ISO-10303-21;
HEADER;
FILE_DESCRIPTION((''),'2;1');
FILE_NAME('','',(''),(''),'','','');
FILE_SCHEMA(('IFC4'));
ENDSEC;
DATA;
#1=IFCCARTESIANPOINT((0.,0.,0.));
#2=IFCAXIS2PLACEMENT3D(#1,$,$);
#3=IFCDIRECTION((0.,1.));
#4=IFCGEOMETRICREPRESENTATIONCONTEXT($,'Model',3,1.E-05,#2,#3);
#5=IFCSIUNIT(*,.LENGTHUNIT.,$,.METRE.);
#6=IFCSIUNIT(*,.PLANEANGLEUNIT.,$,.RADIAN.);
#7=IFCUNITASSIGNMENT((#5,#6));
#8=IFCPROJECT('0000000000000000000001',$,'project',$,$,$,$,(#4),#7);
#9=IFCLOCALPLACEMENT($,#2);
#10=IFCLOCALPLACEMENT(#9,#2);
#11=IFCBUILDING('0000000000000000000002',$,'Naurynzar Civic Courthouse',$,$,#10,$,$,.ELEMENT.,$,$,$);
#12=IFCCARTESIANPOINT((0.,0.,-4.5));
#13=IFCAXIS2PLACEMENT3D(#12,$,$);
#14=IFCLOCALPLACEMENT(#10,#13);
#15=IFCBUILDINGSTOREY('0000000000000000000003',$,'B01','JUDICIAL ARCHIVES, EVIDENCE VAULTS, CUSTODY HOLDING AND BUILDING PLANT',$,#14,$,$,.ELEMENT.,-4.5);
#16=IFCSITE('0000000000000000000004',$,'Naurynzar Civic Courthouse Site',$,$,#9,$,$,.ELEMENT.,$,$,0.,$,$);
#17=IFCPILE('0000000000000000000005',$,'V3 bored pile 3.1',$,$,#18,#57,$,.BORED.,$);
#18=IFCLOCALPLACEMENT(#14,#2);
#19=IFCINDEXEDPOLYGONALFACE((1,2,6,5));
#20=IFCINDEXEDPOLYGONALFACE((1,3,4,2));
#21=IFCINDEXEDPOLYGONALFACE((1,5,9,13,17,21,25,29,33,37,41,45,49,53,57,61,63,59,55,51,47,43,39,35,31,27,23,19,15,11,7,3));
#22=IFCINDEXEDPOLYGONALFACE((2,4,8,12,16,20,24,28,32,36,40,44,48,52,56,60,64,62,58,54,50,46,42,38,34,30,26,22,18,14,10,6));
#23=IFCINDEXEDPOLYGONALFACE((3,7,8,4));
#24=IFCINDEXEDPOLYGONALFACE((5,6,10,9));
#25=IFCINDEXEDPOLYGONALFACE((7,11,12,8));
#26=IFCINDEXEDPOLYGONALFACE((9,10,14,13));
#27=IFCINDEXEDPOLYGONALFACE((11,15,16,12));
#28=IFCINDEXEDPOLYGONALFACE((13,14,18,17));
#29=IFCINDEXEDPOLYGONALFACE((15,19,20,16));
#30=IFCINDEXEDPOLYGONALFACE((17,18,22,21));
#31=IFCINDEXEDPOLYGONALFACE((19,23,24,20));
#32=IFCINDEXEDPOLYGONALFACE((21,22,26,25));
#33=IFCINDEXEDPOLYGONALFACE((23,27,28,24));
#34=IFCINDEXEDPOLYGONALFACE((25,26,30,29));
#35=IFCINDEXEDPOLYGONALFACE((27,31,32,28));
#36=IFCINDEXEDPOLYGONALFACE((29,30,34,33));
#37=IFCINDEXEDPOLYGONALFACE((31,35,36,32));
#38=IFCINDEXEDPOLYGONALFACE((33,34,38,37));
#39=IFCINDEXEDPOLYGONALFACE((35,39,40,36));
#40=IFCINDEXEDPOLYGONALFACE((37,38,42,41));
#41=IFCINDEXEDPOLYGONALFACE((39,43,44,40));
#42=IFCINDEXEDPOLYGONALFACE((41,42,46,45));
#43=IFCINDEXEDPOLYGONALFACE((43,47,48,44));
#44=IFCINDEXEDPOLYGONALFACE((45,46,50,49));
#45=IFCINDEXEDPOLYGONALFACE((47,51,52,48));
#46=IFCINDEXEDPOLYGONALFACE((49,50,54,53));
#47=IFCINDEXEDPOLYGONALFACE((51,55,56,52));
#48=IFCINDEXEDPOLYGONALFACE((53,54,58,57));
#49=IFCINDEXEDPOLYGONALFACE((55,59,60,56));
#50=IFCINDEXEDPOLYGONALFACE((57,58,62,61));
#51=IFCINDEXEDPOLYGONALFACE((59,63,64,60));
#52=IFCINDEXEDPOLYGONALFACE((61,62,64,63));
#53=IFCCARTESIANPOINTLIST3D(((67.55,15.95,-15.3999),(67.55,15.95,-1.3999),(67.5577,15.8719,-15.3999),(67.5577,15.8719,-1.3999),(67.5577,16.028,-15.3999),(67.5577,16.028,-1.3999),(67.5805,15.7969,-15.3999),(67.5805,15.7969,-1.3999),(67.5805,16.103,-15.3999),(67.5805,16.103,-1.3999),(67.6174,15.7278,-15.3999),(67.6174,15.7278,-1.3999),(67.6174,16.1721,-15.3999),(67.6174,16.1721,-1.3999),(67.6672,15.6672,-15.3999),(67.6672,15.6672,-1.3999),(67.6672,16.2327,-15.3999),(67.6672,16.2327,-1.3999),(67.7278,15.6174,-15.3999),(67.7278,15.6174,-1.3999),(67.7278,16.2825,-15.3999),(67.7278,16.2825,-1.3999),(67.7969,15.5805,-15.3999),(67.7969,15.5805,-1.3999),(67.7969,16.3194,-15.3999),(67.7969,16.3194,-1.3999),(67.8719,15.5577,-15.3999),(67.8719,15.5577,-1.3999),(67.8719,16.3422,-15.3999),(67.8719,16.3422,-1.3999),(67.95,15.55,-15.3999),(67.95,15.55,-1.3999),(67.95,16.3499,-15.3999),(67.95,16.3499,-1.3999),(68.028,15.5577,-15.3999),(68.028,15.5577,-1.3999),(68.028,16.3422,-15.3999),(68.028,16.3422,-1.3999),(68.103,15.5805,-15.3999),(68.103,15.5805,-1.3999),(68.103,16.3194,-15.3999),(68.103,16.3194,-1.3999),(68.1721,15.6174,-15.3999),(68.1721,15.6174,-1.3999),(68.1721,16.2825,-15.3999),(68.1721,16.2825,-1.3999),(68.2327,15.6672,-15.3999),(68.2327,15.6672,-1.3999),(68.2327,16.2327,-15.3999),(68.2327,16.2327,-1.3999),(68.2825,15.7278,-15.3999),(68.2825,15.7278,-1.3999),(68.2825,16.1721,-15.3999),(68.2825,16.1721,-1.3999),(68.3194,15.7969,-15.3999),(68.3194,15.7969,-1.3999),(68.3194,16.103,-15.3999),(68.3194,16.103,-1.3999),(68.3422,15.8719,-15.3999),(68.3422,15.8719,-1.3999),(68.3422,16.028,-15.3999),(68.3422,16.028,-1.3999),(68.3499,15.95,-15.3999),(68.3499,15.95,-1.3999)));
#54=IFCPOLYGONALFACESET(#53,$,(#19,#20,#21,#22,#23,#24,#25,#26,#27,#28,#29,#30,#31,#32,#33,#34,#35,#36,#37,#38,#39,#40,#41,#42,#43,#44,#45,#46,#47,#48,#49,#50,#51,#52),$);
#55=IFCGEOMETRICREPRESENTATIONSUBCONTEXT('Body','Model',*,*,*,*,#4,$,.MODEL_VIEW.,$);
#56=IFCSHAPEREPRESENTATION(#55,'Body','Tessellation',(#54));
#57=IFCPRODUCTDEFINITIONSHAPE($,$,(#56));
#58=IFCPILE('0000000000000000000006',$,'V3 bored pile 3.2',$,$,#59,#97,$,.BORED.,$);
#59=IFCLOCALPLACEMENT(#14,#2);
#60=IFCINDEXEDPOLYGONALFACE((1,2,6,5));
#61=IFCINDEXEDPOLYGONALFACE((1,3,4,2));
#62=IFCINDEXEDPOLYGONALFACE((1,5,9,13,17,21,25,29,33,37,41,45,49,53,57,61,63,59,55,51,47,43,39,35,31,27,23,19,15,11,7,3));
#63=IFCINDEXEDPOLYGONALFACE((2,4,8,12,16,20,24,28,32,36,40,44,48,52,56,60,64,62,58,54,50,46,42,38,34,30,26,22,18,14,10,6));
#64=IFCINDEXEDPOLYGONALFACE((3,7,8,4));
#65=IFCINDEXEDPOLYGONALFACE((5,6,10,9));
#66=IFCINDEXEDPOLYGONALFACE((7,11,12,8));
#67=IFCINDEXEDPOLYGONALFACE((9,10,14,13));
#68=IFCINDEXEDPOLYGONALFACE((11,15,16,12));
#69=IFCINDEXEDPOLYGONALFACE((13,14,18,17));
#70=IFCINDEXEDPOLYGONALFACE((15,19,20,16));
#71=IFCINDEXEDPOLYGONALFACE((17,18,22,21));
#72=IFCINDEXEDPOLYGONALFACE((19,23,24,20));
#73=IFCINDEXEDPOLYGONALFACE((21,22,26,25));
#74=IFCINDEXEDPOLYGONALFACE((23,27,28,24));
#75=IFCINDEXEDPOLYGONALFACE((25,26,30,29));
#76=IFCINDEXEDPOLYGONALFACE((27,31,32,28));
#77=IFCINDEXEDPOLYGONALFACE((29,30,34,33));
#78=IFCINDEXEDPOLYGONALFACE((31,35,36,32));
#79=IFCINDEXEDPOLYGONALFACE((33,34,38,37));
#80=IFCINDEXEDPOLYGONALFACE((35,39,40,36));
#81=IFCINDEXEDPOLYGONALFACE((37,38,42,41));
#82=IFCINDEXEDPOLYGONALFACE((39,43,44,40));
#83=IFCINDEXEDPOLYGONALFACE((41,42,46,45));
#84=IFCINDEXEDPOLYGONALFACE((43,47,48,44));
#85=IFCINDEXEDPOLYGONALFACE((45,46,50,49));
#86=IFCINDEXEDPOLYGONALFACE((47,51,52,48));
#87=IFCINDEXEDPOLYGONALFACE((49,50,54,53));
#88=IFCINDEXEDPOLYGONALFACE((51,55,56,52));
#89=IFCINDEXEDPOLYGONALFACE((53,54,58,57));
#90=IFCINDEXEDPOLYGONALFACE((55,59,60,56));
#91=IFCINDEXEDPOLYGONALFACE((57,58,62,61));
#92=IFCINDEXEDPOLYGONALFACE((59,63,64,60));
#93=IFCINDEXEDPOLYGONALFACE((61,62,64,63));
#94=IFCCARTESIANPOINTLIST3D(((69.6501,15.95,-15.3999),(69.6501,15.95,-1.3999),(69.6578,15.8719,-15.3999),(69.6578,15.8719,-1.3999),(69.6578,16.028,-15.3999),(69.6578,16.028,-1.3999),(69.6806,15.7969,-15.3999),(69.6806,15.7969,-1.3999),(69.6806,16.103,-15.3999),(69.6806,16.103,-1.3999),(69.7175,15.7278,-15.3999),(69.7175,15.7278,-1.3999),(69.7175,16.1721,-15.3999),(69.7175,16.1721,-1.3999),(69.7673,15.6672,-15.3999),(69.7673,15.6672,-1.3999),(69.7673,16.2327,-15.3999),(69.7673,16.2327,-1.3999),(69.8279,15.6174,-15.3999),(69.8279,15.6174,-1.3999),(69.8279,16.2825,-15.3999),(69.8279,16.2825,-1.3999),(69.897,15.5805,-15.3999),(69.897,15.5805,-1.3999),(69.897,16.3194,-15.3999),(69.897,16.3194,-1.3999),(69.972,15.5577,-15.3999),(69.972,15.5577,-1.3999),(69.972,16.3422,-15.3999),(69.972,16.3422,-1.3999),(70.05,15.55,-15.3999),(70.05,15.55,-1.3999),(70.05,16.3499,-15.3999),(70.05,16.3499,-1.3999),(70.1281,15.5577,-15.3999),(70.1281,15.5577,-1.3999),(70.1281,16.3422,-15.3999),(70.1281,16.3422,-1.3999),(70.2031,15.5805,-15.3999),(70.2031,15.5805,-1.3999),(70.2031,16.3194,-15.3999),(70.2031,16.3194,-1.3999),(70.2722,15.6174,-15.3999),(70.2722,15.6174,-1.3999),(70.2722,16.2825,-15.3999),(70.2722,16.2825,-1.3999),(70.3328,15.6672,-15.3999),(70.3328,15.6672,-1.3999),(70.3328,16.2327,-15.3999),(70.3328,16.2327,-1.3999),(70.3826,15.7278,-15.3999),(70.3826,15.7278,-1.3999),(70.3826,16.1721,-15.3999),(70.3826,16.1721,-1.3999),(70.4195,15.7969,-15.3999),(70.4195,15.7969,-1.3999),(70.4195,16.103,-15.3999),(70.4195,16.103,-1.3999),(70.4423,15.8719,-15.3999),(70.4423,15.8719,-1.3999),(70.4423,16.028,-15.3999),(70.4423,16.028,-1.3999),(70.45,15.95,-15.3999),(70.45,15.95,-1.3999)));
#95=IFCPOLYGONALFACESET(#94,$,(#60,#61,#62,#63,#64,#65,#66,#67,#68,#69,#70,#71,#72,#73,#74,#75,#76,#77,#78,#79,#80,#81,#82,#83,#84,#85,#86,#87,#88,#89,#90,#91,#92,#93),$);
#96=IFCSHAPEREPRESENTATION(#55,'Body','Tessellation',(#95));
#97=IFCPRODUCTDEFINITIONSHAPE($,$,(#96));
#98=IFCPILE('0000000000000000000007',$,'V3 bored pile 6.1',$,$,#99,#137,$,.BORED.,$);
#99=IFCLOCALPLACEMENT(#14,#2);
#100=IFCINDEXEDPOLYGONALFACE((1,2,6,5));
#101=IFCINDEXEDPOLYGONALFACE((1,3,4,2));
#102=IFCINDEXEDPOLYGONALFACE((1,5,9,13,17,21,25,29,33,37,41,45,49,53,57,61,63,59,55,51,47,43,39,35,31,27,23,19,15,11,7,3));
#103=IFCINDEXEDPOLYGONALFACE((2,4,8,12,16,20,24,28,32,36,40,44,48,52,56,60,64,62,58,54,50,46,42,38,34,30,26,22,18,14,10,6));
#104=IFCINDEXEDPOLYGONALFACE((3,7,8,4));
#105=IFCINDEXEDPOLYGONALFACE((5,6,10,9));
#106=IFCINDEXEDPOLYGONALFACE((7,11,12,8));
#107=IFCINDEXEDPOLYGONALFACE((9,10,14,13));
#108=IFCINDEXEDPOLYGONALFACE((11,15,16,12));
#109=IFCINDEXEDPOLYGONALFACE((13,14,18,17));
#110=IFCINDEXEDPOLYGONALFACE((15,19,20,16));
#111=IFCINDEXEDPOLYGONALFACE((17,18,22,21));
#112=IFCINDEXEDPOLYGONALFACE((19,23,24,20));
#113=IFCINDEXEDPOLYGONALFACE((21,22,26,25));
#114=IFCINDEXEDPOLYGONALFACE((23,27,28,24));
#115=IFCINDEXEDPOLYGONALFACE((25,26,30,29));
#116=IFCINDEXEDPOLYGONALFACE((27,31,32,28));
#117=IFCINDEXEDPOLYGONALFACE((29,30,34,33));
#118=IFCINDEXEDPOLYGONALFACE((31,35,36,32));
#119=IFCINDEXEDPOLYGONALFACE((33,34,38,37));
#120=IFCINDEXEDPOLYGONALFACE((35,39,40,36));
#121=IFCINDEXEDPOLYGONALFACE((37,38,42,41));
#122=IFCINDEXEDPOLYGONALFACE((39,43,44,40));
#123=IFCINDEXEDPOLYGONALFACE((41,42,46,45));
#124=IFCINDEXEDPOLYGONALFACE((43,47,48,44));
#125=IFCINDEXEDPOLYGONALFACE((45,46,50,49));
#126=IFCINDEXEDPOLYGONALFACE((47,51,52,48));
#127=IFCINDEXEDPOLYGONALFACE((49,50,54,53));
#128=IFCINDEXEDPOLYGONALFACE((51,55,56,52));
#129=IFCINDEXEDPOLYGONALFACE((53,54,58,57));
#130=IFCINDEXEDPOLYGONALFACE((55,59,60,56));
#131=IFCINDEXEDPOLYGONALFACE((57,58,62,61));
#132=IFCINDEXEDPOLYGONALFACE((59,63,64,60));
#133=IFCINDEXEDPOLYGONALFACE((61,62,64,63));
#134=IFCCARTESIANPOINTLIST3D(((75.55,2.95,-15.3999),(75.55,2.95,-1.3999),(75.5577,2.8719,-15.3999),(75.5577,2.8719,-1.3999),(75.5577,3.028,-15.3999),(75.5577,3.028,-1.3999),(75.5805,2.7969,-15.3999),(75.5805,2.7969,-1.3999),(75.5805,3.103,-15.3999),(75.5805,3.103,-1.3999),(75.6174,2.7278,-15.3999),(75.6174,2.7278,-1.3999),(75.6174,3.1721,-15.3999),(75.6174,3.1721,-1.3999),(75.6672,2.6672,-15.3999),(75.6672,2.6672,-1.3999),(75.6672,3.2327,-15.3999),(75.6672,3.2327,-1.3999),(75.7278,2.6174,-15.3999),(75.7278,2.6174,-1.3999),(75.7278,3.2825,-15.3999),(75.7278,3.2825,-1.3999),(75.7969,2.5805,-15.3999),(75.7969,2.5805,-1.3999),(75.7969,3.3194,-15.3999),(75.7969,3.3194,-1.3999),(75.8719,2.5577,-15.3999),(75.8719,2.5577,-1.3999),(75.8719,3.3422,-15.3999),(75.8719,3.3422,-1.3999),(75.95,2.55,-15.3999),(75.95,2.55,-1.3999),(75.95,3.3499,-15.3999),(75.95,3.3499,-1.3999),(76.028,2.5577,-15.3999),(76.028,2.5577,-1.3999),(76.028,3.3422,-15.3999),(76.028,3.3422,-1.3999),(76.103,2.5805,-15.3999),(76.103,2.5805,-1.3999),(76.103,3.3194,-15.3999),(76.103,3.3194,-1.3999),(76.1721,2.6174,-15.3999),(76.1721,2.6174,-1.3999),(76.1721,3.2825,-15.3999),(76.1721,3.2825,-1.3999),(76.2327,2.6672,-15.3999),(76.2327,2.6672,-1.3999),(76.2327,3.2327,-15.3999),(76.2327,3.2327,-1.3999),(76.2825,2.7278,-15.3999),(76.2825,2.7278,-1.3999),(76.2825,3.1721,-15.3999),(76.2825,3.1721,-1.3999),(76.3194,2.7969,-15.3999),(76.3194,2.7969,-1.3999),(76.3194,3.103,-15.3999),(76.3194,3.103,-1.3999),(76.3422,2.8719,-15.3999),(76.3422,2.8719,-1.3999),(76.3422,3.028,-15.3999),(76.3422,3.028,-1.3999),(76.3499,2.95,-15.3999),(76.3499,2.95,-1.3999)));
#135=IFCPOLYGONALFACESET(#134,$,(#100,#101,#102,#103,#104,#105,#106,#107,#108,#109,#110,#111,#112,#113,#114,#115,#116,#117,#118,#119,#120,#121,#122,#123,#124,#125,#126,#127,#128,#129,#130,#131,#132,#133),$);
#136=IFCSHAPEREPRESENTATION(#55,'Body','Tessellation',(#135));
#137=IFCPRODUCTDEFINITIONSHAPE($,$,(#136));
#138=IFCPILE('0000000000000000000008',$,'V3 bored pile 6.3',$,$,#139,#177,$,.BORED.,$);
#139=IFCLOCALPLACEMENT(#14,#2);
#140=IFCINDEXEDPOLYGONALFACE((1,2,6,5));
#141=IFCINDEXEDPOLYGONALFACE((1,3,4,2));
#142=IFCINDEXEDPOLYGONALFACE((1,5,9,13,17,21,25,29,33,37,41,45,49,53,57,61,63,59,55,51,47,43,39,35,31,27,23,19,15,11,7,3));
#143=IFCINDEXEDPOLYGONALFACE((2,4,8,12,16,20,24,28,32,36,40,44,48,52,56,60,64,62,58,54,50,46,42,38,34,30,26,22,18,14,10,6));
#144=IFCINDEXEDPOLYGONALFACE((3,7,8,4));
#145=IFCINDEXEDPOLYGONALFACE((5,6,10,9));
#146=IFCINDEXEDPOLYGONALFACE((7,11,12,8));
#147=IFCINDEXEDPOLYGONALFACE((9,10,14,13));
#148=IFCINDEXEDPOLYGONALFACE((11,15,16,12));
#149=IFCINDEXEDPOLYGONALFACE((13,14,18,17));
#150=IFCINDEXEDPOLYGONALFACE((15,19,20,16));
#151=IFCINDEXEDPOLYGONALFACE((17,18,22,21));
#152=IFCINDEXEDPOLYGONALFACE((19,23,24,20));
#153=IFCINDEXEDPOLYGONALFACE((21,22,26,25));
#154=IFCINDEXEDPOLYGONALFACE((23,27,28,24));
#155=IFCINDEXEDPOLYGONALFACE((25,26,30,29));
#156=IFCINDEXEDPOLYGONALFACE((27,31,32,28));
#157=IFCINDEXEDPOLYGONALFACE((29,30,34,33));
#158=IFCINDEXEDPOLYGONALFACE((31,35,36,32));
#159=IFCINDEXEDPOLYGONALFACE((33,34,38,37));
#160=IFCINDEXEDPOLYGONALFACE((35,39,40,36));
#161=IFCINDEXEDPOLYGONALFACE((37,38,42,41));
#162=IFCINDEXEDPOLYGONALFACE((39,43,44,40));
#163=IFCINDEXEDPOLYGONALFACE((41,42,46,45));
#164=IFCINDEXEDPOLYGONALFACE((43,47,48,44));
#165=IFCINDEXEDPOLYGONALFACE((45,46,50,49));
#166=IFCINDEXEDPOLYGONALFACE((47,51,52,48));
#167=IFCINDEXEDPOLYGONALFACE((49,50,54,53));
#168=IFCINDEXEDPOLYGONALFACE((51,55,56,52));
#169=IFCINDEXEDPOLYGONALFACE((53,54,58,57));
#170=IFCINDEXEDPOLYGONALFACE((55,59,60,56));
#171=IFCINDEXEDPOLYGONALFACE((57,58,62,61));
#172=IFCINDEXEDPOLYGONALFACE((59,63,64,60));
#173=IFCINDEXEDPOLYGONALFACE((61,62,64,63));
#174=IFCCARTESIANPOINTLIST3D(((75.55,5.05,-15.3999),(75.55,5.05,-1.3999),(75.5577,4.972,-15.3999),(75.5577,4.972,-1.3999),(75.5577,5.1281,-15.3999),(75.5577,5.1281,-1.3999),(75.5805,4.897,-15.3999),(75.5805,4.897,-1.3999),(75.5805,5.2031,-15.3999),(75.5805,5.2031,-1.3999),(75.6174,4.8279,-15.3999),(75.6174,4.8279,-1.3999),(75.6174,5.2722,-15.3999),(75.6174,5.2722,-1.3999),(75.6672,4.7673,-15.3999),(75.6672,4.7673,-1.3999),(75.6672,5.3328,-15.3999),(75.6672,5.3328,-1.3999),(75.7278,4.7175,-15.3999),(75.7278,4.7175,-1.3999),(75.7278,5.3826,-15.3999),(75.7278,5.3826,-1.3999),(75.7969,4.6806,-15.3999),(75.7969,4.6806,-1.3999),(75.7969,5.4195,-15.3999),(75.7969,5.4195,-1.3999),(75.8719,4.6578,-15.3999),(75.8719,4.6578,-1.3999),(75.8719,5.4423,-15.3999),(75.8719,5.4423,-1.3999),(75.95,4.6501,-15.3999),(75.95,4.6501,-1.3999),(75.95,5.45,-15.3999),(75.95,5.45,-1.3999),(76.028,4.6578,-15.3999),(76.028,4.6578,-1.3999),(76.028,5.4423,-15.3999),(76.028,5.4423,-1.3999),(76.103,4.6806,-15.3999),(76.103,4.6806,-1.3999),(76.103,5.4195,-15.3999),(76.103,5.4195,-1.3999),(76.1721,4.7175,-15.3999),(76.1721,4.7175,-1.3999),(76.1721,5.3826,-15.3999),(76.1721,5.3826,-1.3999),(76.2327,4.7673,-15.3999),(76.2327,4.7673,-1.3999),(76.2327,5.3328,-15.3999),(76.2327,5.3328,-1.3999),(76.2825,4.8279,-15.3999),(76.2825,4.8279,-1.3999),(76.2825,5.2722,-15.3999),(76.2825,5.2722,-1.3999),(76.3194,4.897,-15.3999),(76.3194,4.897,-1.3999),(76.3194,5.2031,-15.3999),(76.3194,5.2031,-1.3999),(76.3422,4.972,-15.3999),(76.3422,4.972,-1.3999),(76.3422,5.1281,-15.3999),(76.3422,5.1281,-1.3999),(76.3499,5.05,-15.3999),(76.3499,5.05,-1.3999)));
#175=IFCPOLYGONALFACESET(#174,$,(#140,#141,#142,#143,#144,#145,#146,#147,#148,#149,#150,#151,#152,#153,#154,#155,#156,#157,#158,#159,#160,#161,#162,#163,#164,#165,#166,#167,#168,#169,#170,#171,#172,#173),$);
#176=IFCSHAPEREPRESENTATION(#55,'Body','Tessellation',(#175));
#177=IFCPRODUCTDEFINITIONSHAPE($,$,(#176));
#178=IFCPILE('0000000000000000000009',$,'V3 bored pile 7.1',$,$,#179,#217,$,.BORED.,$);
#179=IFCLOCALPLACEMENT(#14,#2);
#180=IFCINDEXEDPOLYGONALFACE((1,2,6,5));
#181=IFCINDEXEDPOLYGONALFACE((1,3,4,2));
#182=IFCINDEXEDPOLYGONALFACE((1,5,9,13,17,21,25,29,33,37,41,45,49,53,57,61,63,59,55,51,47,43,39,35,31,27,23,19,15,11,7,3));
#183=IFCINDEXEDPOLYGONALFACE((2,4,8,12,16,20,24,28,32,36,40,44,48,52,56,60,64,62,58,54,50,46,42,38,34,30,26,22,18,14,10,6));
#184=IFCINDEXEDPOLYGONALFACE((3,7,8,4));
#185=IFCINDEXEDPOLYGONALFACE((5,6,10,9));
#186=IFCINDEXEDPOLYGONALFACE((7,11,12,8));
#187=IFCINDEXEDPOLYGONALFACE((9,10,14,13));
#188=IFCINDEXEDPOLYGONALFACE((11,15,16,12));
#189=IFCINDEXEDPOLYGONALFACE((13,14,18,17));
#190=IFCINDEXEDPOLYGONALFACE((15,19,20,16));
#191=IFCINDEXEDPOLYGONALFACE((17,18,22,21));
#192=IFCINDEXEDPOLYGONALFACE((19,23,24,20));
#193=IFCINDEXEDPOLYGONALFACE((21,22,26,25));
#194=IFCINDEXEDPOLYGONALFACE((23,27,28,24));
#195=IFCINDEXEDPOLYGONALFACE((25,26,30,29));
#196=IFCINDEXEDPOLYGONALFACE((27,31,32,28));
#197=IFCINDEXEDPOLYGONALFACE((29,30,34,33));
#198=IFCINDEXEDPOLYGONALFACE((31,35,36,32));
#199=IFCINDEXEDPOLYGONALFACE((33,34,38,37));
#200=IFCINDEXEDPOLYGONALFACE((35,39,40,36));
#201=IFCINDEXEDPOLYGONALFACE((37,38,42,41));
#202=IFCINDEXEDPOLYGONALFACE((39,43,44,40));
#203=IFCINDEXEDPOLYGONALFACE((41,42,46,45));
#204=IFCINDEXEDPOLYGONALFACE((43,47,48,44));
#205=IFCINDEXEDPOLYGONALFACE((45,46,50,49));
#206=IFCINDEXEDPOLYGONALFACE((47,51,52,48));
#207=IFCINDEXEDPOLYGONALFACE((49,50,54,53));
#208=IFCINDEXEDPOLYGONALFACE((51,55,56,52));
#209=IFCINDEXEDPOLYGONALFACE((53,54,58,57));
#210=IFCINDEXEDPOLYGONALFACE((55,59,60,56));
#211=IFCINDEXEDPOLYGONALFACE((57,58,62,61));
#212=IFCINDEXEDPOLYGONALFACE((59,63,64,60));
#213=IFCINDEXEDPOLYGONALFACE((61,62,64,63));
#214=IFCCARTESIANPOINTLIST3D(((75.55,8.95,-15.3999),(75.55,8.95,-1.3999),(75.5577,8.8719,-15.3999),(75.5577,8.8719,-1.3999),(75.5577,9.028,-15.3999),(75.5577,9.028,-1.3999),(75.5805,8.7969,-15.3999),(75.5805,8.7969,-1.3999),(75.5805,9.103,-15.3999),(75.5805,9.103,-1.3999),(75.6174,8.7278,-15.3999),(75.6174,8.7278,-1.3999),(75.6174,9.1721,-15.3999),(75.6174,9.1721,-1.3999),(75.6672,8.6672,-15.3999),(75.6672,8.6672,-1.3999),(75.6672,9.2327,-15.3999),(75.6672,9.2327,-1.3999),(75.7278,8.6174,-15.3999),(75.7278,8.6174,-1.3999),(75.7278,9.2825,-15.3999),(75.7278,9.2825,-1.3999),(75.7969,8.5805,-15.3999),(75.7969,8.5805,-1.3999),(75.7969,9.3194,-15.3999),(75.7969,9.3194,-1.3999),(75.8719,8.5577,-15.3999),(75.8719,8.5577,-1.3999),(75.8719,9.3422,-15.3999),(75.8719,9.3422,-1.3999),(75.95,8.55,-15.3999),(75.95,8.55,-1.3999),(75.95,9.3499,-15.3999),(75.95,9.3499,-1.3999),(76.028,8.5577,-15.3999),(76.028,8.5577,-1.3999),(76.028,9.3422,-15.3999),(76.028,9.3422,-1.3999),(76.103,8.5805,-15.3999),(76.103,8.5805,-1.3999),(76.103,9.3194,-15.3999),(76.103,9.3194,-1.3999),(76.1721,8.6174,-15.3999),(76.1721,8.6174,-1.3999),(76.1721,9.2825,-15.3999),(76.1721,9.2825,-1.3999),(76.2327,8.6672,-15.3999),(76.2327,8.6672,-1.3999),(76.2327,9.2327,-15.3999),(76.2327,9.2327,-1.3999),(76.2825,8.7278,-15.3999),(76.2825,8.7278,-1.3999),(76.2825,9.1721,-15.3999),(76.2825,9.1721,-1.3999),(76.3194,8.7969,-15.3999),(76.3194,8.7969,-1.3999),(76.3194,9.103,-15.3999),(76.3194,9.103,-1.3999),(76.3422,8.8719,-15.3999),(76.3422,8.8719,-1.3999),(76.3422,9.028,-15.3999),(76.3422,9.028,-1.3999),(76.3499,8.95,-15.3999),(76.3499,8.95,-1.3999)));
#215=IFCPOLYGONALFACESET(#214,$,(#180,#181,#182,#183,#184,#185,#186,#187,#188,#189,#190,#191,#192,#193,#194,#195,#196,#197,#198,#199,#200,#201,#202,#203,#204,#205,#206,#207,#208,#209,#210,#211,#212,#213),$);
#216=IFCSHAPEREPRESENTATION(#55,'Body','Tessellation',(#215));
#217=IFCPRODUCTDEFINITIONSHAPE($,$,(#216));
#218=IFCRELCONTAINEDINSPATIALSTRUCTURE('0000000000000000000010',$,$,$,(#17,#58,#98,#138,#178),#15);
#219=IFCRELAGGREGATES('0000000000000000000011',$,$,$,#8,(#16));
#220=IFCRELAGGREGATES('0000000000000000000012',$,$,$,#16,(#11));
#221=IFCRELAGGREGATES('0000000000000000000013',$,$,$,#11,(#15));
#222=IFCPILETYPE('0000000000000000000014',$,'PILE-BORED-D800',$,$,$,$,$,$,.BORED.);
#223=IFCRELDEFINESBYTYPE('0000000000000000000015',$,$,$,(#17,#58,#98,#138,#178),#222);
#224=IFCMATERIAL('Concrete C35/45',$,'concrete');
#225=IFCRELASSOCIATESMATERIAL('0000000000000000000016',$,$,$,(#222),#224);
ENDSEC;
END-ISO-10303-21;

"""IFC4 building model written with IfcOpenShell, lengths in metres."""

from ifc_helpers import new_model, si_unit, direction, frame, origin, origin_2d, place, context, subcontext, project, spatial, circle, extrude, material, material_profile, profile_set, type_object, element, save


model = new_model("IFC4")

# Units and contexts
model_context = context("Model", 3, precision=1e-05, world=origin(), true_north=direction((0.0, 1.0)))
body_context = subcontext(model_context, "Body", "Model", "MODEL_VIEW")
ifc_project = project(units=[si_unit("LENGTHUNIT", "METRE"), si_unit("PLANEANGLEUNIT", "RADIAN")], contexts=[model_context])

# Site, building, storey
site_placement = place(None, origin())
site = spatial("IfcSite", under=ifc_project, at=site_placement, Name="Naurynzar Civic Courthouse Site", CompositionType="ELEMENT", RefElevation=0.0)
building_placement = place(site_placement, origin())
building = spatial("IfcBuilding", under=site, at=building_placement, Name="Naurynzar Civic Courthouse", CompositionType="ELEMENT")
storey_placement = place(building_placement, frame((0.0, 0.0, -4.5)))
storey = spatial("IfcBuildingStorey", under=building, at=storey_placement, Name="B01", Description="JUDICIAL ARCHIVES, EVIDENCE VAULTS, CUSTODY HOLDING AND BUILDING PLANT", CompositionType="ELEMENT", Elevation=-4.5)

# Piles
ifc_material_1 = material(Name="Concrete C35/45", Category="concrete")
ifc_material_profile_1 = material_profile(ifc_material_1, circle(Radius=0.3999, at=origin_2d()), Name="PILE D800")
ifc_profile_set_1 = profile_set([ifc_material_profile_1], Name="Concrete C35/45")
pile_type = type_object("IfcPileType", Name="PILE-BORED-D800", PredefinedType="BORED", material=ifc_profile_set_1)
for number, where, z_axis, x_axis, name in (
    (1, (67.95, 15.95, -1.3999), (0.0, 0.0, -1.0), (1.0, 0.0, 0.0), "V3 bored pile 3.1"),
    (2, (70.05, 15.95, -1.3999), (0.0, 0.0, -1.0), (1.0, 0.0, 0.0), "V3 bored pile 3.2"),
    (3, (75.95, 2.95, -1.3999), (0.0, 0.0, -1.0), (1.0, 0.0, 0.0), "V3 bored pile 6.1"),
    (4, (75.95, 5.05, -1.3999), (0.0, 0.0, -1.0), (1.0, 0.0, 0.0), "V3 bored pile 6.3"),
    (5, (75.95, 8.95, -1.3999), (0.0, 0.0, -1.0), (1.0, 0.0, 0.0), "V3 bored pile 7.1"),
):
    element("IfcPile", number, at=place(storey_placement, frame(where, z_axis=z_axis, x_axis=x_axis)), inside=storey, type_object=pile_type, Name=name, PredefinedType="BORED", context=body_context, shape_type="SweptSolid", body=[
        extrude(circle(Radius=0.3999, at=origin_2d()), origin(), (0.0, 0.0, 1.0), 14.0),
    ])

save(model, "model.ifc")
